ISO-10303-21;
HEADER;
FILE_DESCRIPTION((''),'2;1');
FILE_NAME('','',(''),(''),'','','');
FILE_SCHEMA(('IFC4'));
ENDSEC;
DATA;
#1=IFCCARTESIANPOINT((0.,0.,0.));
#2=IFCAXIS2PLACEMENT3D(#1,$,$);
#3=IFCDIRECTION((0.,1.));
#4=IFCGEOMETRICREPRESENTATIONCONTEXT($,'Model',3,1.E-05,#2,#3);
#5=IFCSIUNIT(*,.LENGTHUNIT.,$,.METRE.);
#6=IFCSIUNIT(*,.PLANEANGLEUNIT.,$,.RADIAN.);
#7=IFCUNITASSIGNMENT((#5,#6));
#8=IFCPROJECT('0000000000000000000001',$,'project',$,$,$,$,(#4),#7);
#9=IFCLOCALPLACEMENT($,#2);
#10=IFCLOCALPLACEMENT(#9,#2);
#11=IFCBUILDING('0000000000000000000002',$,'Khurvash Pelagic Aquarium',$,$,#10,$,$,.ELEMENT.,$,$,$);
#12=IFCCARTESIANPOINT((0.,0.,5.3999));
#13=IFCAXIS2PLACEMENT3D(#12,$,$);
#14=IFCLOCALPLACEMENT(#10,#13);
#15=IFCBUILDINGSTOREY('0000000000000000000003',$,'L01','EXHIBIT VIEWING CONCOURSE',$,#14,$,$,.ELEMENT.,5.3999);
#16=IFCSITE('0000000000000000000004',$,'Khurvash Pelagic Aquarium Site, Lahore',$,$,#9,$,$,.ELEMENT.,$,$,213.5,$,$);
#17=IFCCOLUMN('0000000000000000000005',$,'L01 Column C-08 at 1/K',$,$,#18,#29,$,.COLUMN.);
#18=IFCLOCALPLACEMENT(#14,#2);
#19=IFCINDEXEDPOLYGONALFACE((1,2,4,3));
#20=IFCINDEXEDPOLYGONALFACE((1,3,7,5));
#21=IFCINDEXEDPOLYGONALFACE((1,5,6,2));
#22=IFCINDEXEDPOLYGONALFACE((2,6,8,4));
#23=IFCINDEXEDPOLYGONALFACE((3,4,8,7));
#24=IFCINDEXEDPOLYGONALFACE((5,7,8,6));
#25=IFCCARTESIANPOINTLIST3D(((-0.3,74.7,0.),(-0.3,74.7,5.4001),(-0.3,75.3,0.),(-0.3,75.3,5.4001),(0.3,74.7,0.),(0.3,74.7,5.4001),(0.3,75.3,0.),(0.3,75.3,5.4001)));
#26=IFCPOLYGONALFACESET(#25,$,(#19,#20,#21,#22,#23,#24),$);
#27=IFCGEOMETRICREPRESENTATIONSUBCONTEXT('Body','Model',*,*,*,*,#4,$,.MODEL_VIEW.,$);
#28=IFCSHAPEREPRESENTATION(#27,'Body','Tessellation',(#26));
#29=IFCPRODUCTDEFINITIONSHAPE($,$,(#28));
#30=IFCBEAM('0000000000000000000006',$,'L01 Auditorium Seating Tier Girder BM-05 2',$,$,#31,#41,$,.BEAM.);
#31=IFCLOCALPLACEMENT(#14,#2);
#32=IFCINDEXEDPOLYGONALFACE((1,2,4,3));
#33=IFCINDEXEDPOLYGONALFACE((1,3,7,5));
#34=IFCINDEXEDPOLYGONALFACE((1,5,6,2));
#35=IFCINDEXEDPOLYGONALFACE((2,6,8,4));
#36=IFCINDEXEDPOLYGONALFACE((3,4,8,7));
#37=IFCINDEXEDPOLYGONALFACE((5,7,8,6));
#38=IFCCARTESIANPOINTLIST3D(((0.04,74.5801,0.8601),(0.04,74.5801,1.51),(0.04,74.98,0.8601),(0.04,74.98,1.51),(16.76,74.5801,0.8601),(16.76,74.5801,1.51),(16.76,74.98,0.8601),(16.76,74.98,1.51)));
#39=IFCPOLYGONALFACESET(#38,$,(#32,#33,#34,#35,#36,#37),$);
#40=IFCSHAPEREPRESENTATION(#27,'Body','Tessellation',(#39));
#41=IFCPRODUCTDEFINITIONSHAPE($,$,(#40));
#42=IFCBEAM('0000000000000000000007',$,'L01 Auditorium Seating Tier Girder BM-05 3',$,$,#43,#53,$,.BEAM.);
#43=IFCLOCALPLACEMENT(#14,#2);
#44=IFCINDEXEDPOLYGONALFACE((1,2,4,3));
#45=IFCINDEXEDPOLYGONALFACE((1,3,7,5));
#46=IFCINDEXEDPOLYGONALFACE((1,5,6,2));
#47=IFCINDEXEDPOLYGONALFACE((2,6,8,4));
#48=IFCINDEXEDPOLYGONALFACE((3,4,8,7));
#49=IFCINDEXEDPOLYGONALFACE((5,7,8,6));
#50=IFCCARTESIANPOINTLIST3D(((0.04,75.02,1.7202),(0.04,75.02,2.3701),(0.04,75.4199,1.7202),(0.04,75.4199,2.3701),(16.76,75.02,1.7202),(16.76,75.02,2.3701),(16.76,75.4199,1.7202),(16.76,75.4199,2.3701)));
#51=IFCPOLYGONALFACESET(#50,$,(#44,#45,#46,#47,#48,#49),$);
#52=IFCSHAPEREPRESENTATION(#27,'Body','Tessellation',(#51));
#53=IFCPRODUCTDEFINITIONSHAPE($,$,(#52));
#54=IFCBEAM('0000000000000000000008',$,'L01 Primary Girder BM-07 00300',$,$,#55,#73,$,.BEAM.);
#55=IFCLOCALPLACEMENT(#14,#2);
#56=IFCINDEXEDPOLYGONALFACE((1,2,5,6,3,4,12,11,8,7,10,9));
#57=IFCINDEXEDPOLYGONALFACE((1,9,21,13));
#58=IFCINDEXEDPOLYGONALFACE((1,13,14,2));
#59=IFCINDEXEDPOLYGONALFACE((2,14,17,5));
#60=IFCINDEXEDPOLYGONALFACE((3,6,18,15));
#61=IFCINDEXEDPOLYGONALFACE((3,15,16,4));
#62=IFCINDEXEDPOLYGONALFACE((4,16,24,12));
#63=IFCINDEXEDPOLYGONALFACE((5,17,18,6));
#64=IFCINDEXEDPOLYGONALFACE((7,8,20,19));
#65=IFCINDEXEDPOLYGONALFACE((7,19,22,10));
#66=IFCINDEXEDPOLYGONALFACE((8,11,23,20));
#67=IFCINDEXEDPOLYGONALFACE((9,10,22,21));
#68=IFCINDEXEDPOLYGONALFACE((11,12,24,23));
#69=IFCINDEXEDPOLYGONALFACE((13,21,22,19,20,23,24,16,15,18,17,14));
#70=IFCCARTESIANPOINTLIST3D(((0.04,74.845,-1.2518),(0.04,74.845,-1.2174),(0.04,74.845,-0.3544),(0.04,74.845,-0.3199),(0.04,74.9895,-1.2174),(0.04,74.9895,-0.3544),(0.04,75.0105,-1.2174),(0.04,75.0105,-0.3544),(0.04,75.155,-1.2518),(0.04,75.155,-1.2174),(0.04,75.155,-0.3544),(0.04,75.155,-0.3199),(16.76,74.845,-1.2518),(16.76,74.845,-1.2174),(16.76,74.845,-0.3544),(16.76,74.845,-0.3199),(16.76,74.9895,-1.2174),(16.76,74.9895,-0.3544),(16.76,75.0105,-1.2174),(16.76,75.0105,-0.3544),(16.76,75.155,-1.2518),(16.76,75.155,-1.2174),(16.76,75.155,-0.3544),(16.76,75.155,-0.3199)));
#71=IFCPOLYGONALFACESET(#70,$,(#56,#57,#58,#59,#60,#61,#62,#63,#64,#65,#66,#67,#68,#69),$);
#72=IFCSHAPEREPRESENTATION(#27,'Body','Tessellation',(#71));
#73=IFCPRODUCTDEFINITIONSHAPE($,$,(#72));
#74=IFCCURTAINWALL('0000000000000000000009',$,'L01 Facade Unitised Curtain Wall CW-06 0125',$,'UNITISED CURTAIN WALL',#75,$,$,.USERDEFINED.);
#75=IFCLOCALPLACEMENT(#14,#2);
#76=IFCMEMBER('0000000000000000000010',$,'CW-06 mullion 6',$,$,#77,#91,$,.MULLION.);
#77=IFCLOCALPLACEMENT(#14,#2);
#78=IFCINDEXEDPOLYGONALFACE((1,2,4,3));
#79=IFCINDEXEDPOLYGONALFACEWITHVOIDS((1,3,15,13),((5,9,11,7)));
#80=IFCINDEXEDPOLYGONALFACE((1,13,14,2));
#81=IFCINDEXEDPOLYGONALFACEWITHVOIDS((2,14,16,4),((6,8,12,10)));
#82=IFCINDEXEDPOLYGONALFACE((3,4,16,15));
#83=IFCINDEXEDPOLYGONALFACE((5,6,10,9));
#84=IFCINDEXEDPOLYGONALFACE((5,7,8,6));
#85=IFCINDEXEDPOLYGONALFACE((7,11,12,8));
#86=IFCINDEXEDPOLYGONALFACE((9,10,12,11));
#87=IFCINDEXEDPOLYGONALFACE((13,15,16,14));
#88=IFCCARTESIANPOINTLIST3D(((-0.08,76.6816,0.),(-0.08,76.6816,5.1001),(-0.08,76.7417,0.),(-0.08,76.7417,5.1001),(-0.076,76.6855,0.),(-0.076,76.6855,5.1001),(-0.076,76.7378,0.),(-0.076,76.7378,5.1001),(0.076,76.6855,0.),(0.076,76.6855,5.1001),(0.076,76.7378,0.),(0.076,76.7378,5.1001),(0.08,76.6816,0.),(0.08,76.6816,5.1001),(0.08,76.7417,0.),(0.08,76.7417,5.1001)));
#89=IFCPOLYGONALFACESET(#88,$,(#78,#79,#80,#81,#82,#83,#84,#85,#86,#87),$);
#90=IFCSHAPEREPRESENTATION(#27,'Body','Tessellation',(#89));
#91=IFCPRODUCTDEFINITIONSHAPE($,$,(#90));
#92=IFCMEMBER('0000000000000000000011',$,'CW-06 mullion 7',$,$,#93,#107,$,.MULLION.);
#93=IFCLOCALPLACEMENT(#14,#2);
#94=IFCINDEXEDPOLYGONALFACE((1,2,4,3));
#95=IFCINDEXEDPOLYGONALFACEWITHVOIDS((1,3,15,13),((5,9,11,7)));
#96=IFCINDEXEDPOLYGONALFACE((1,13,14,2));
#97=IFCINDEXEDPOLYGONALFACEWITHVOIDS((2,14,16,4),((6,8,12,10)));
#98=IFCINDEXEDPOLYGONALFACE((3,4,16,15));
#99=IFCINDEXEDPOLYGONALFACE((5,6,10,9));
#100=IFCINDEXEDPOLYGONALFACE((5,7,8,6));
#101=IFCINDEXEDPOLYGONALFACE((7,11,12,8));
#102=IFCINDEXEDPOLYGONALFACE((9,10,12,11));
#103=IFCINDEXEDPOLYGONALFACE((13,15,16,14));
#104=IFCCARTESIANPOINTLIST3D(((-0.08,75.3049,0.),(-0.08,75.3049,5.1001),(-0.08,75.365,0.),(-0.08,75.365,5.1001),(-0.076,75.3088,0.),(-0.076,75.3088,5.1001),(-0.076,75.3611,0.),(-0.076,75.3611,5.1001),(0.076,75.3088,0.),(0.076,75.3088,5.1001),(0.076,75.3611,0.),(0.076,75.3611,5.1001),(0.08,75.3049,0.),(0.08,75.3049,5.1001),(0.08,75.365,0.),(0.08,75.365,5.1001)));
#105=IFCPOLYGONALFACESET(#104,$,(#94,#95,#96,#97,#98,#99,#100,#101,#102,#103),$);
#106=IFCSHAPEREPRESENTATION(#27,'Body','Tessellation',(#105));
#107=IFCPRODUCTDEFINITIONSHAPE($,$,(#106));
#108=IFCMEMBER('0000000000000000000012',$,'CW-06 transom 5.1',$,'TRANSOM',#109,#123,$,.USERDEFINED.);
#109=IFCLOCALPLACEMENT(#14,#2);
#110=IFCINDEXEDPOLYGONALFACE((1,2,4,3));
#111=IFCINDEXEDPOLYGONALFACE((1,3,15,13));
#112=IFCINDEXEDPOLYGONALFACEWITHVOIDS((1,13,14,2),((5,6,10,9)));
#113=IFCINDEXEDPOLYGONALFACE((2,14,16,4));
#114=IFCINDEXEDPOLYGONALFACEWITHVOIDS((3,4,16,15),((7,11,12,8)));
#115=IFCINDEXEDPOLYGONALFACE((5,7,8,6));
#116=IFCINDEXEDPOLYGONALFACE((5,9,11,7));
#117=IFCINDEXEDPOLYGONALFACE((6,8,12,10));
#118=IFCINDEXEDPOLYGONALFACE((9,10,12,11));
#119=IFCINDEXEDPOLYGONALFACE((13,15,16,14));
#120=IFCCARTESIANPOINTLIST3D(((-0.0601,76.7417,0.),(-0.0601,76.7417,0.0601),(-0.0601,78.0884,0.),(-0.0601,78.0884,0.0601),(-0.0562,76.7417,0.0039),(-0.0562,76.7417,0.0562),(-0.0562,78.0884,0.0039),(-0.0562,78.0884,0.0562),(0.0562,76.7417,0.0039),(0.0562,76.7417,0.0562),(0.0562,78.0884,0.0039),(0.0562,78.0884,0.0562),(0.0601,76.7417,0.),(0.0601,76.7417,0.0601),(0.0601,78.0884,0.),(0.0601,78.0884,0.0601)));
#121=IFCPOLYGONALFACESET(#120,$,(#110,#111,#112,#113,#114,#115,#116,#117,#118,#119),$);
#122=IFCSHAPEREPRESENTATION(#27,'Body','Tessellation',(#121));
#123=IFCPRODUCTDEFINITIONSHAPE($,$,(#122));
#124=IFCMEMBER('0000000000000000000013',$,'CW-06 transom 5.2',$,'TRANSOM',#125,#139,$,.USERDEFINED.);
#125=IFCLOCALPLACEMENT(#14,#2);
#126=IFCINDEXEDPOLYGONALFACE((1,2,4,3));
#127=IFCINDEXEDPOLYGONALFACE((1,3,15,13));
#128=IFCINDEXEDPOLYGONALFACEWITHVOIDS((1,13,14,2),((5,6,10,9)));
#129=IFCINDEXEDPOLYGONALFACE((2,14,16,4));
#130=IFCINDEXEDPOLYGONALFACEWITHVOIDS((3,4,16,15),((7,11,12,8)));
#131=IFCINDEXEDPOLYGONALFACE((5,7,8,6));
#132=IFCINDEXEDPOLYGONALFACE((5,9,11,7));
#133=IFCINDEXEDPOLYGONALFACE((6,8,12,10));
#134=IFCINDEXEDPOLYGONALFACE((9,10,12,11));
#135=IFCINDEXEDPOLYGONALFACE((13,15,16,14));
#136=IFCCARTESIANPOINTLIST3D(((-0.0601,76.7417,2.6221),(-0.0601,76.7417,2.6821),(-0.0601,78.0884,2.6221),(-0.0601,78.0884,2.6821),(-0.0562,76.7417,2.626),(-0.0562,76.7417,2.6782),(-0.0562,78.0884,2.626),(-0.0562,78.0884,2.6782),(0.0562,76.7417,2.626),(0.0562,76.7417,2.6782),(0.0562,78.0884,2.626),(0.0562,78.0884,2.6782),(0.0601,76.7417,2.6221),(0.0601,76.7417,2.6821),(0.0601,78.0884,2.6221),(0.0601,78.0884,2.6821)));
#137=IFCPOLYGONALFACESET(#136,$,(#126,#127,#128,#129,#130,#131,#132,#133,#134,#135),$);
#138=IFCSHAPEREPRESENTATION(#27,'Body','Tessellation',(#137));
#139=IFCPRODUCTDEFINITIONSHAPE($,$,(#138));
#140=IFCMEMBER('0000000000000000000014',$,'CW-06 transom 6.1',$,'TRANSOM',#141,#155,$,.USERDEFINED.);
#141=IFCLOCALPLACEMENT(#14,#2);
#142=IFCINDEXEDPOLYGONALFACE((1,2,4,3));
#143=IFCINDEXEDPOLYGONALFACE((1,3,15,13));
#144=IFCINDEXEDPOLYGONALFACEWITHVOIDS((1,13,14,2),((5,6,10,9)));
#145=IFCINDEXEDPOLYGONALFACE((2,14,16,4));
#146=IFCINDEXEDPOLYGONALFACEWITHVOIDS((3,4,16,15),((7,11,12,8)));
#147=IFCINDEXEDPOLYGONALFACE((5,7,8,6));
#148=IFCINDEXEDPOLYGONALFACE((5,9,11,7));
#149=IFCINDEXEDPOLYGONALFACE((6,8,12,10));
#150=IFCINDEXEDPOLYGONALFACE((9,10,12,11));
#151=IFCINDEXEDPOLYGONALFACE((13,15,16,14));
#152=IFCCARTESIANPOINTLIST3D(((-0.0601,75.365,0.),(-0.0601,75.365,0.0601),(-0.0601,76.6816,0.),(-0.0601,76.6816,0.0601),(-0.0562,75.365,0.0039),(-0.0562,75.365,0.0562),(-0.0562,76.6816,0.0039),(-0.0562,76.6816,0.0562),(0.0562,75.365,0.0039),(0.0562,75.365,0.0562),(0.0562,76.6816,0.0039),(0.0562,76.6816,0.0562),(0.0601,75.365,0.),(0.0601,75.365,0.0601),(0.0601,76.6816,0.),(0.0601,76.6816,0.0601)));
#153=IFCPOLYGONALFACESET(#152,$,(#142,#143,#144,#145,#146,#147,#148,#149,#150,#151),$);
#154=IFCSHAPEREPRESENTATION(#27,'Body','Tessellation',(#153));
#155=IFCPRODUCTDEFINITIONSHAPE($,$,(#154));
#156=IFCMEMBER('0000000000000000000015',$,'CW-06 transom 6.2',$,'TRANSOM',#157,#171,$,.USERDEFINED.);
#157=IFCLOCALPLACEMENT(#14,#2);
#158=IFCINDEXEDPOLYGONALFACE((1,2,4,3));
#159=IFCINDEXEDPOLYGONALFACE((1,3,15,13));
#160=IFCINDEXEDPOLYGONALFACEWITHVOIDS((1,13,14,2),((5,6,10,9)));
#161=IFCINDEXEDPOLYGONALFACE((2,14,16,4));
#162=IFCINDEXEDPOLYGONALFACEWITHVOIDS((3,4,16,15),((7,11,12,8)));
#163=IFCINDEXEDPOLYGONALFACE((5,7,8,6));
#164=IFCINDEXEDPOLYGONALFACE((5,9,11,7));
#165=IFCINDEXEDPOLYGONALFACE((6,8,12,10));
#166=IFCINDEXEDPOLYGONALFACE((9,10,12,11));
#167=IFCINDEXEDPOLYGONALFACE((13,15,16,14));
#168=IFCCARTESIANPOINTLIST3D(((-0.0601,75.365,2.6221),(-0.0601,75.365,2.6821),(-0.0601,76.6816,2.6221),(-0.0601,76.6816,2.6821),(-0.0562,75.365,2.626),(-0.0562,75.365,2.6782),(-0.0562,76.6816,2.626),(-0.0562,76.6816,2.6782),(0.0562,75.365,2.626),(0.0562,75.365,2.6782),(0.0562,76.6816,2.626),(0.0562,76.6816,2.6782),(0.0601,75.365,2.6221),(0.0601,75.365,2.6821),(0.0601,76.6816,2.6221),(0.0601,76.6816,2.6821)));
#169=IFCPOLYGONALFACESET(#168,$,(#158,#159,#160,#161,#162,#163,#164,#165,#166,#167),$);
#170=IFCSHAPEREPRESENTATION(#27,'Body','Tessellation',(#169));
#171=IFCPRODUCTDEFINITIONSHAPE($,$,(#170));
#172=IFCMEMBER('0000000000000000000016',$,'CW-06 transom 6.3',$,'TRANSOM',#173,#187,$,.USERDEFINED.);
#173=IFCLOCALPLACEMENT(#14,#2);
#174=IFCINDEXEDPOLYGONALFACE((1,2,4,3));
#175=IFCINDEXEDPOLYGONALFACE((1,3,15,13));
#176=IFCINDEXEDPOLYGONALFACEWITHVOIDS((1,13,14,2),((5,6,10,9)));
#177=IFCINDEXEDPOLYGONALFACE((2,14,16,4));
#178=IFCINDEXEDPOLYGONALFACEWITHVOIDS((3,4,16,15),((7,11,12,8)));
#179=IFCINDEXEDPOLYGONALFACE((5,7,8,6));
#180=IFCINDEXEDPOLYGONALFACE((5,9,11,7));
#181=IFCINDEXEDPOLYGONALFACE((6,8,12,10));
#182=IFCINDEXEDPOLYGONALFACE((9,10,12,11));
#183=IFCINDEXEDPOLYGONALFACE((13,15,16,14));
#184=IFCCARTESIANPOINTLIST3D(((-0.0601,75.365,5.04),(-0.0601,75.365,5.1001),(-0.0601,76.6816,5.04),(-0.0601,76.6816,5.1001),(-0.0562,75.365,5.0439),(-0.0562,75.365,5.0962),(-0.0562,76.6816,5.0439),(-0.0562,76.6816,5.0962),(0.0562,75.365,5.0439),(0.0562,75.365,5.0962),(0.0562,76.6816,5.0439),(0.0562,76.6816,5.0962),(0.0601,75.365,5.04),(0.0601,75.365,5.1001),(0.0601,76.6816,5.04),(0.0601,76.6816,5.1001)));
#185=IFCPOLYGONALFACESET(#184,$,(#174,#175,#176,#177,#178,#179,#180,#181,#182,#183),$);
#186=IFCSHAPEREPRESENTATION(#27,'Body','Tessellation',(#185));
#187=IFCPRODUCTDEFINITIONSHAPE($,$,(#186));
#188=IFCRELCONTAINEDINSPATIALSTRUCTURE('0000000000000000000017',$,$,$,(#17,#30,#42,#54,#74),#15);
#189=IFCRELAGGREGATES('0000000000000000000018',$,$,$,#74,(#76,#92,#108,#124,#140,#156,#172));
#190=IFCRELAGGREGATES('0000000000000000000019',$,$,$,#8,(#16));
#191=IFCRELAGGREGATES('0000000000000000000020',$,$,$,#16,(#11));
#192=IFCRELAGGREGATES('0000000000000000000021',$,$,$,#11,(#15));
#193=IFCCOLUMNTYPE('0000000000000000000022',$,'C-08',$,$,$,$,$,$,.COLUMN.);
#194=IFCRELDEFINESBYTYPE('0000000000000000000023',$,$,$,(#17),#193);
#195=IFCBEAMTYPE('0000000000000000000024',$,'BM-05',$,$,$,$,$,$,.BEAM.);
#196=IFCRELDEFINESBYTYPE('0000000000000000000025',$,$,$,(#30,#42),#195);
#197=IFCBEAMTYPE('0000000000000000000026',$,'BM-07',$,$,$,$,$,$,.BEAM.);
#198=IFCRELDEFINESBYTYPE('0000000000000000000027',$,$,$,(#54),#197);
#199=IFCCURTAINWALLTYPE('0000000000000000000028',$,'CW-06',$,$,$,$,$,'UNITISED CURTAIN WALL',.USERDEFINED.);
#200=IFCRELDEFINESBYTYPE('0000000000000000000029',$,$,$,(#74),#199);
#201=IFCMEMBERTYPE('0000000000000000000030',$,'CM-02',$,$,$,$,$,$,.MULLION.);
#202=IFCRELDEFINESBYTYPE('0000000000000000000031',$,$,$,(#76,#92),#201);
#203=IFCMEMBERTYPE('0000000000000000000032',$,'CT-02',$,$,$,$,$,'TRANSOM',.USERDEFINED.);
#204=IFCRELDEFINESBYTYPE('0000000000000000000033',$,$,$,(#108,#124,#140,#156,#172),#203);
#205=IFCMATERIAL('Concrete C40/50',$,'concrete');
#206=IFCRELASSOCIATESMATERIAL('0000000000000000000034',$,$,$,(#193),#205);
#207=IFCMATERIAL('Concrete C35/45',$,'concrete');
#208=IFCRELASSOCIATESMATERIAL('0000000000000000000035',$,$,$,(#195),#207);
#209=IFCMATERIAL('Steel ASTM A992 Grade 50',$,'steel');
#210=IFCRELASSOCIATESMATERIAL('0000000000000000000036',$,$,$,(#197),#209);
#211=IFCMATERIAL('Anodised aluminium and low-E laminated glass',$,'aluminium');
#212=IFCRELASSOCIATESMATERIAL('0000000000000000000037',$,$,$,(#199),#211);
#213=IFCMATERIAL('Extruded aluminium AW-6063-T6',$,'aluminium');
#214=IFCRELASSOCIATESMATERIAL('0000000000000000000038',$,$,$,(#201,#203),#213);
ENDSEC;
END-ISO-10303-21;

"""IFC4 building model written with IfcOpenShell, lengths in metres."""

from ifc_helpers import new_model, si_unit, direction, frame, origin, origin_2d, place, context, subcontext, project, spatial, rectangle, hollow_rectangle, i_section, extrude, material, material_profile, profile_set, type_object, element, aggregate, save


model = new_model("IFC4")

# Units and contexts
model_context = context("Model", 3, precision=1e-05, world=origin(), true_north=direction((0.0, 1.0)))
body_context = subcontext(model_context, "Body", "Model", "MODEL_VIEW")
ifc_project = project(units=[si_unit("LENGTHUNIT", "METRE"), si_unit("PLANEANGLEUNIT", "RADIAN")], contexts=[model_context])

# Site, building, storey
site_placement = place(None, origin())
site = spatial("IfcSite", under=ifc_project, at=site_placement, Name="Khurvash Pelagic Aquarium Site, Lahore", CompositionType="ELEMENT", RefElevation=213.5)
building_placement = place(site_placement, origin())
building = spatial("IfcBuilding", under=site, at=building_placement, Name="Khurvash Pelagic Aquarium", CompositionType="ELEMENT")
storey_placement = place(building_placement, frame((0.0, 0.0, 5.3999)))
storey = spatial("IfcBuildingStorey", under=building, at=storey_placement, Name="L01", Description="EXHIBIT VIEWING CONCOURSE", CompositionType="ELEMENT", Elevation=5.3999)

# Column
ifc_material_1 = material(Name="Concrete C40/50", Category="concrete")
ifc_material_profile_1 = material_profile(ifc_material_1, rectangle(XDim=0.6001, YDim=0.6001, at=origin_2d()), Name="RC600X600")
ifc_profile_set_1 = profile_set([ifc_material_profile_1], Name="Concrete C40/50")
column_type = type_object("IfcColumnType", Name="C-08", PredefinedType="COLUMN", material=ifc_profile_set_1)
column_placement = place(storey_placement, frame((0.0, 75.0, 0.0), z_axis=(0.0, 0.0, 1.0), x_axis=(1.0, 0.0, 0.0)))
element("IfcColumn", 1, at=column_placement, inside=storey, type_object=column_type, Name="L01 Column C-08 at 1/K", PredefinedType="COLUMN", context=body_context, shape_type="SweptSolid", body=[
    extrude(rectangle(XDim=0.6001, YDim=0.6001, at=origin_2d()), origin(), (0.0, 0.0, 1.0), 5.4001),
])

# Beams
ifc_material_2 = material(Name="Concrete C35/45", Category="concrete")
ifc_material_profile_2 = material_profile(ifc_material_2, rectangle(XDim=0.3999, YDim=0.6499, at=origin_2d()), Name="RC400X650")
ifc_profile_set_2 = profile_set([ifc_material_profile_2], Name="Concrete C35/45")
beam_type_1 = type_object("IfcBeamType", Name="BM-05", PredefinedType="BEAM", material=ifc_profile_set_2)
for number, where, z_axis, x_axis, name in (
    (2, (0.04, 74.78, 1.1851), (1.0, 0.0, 0.0), (0.0, 1.0, 0.0), "L01 Auditorium Seating Tier Girder BM-05 2"),
    (3, (0.04, 75.22, 2.0452), (1.0, 0.0, 0.0), (0.0, 1.0, 0.0), "L01 Auditorium Seating Tier Girder BM-05 3"),
):
    element("IfcBeam", number, at=place(storey_placement, frame(where, z_axis=z_axis, x_axis=x_axis)), inside=storey, type_object=beam_type_1, Name=name, PredefinedType="BEAM", context=body_context, shape_type="SweptSolid", body=[
        extrude(rectangle(XDim=0.3999, YDim=0.6499, at=origin_2d()), origin(), (0.0, 0.0, 1.0), 16.72),
    ])
ifc_material_3 = material(Name="Steel ASTM A992 Grade 50", Category="steel")
ifc_material_profile_3 = material_profile(ifc_material_3, i_section(OverallWidth=0.3101, OverallDepth=0.9319, WebThickness=0.021, FlangeThickness=0.0344, at=origin_2d()), Name="W36X210")
ifc_profile_set_3 = profile_set([ifc_material_profile_3], Name="Steel ASTM A992 Grade 50")
beam_type_2 = type_object("IfcBeamType", Name="BM-07", PredefinedType="BEAM", material=ifc_profile_set_3)
beam_1_placement = place(storey_placement, frame((0.04, 75.0, -0.7859), z_axis=(1.0, 0.0, 0.0), x_axis=(0.0, 1.0, 0.0)))
element("IfcBeam", 4, at=beam_1_placement, inside=storey, type_object=beam_type_2, Name="L01 Primary Girder BM-07 00300", PredefinedType="BEAM", context=body_context, shape_type="SweptSolid", body=[
    extrude(i_section(OverallWidth=0.3101, OverallDepth=0.9319, WebThickness=0.021, FlangeThickness=0.0344, at=origin_2d()), origin(), (0.0, 0.0, 1.0), 16.72),
])

# Curtain wall, members
ifc_material_4 = material(Name="Anodised aluminium and low-E laminated glass", Category="aluminium")
curtain_wall_type = type_object("IfcCurtainWallType", Name="CW-06", ElementType="UNITISED CURTAIN WALL", PredefinedType="USERDEFINED", material=ifc_material_4)
curtain_wall_placement = place(storey_placement, origin())
curtain_wall = element("IfcCurtainWall", 5, at=curtain_wall_placement, inside=storey, type_object=curtain_wall_type, Name="L01 Facade Unitised Curtain Wall CW-06 0125", ObjectType="UNITISED CURTAIN WALL", PredefinedType="USERDEFINED")
ifc_material_5 = material(Name="Extruded aluminium AW-6063-T6", Category="aluminium")
ifc_material_profile_4 = material_profile(ifc_material_5, hollow_rectangle(XDim=0.0601, YDim=0.1599, WallThickness=0.0039, at=origin_2d()), Name="CWM60X160X4")
ifc_profile_set_4 = profile_set([ifc_material_profile_4], Name="Extruded aluminium AW-6063-T6")
member_type_1 = type_object("IfcMemberType", Name="CM-02", PredefinedType="MULLION", material=ifc_profile_set_4)
member_1_placement = place(storey_placement, frame((0.0, 76.7117, 0.0), z_axis=(0.0, 0.0, 1.0), x_axis=(0.0, -1.0, 0.0)))
member_1 = element("IfcMember", 6, at=member_1_placement, type_object=member_type_1, Name="CW-06 mullion 6", PredefinedType="MULLION", context=body_context, shape_type="SweptSolid", body=[
    extrude(hollow_rectangle(XDim=0.0601, YDim=0.1599, WallThickness=0.0039, at=origin_2d()), origin(), (0.0, 0.0, 1.0), 5.1001),
])
member_2_placement = place(storey_placement, frame((0.0, 75.335, 0.0), z_axis=(0.0, 0.0, 1.0), x_axis=(0.0, -1.0, 0.0)))
member_2 = element("IfcMember", 7, at=member_2_placement, type_object=member_type_1, Name="CW-06 mullion 7", PredefinedType="MULLION", context=body_context, shape_type="SweptSolid", body=[
    extrude(hollow_rectangle(XDim=0.0601, YDim=0.1599, WallThickness=0.0039, at=origin_2d()), origin(), (0.0, 0.0, 1.0), 5.1001),
])
ifc_material_profile_5 = material_profile(ifc_material_5, hollow_rectangle(XDim=0.1201, YDim=0.0601, WallThickness=0.0039, at=origin_2d()), Name="CWT120X60X4")
ifc_profile_set_5 = profile_set([ifc_material_profile_5], Name="Extruded aluminium AW-6063-T6")
member_type_2 = type_object("IfcMemberType", Name="CT-02", ElementType="TRANSOM", PredefinedType="USERDEFINED", material=ifc_profile_set_5)
member_3_placement = place(storey_placement, frame((0.0, 78.0884, 0.03), z_axis=(0.0, -1.0, 0.0), x_axis=(1.0, 0.0, 0.0)))
member_3 = element("IfcMember", 8, at=member_3_placement, type_object=member_type_2, Name="CW-06 transom 5.1", ObjectType="TRANSOM", PredefinedType="USERDEFINED", context=body_context, shape_type="SweptSolid", body=[
    extrude(hollow_rectangle(XDim=0.1201, YDim=0.0601, WallThickness=0.0039, at=origin_2d()), origin(), (0.0, 0.0, 1.0), 1.3467),
])
member_4_placement = place(storey_placement, frame((0.0, 78.0884, 2.6521), z_axis=(0.0, -1.0, 0.0), x_axis=(1.0, 0.0, 0.0)))
member_4 = element("IfcMember", 9, at=member_4_placement, type_object=member_type_2, Name="CW-06 transom 5.2", ObjectType="TRANSOM", PredefinedType="USERDEFINED", context=body_context, shape_type="SweptSolid", body=[
    extrude(hollow_rectangle(XDim=0.1201, YDim=0.0601, WallThickness=0.0039, at=origin_2d()), origin(), (0.0, 0.0, 1.0), 1.3467),
])
member_5_placement = place(storey_placement, frame((0.0, 76.6816, 0.03), z_axis=(0.0, -1.0, 0.0), x_axis=(1.0, 0.0, 0.0)))
member_5 = element("IfcMember", 10, at=member_5_placement, type_object=member_type_2, Name="CW-06 transom 6.1", ObjectType="TRANSOM", PredefinedType="USERDEFINED", context=body_context, shape_type="SweptSolid", body=[
    extrude(hollow_rectangle(XDim=0.1201, YDim=0.0601, WallThickness=0.0039, at=origin_2d()), origin(), (0.0, 0.0, 1.0), 1.3167),
])
member_6_placement = place(storey_placement, frame((0.0, 76.6816, 2.6521), z_axis=(0.0, -1.0, 0.0), x_axis=(1.0, 0.0, 0.0)))
member_6 = element("IfcMember", 11, at=member_6_placement, type_object=member_type_2, Name="CW-06 transom 6.2", ObjectType="TRANSOM", PredefinedType="USERDEFINED", context=body_context, shape_type="SweptSolid", body=[
    extrude(hollow_rectangle(XDim=0.1201, YDim=0.0601, WallThickness=0.0039, at=origin_2d()), origin(), (0.0, 0.0, 1.0), 1.3167),
])
member_7_placement = place(storey_placement, frame((0.0, 76.6816, 5.0701), z_axis=(0.0, -1.0, 0.0), x_axis=(1.0, 0.0, 0.0)))
member_7 = element("IfcMember", 12, at=member_7_placement, type_object=member_type_2, Name="CW-06 transom 6.3", ObjectType="TRANSOM", PredefinedType="USERDEFINED", context=body_context, shape_type="SweptSolid", body=[
    extrude(hollow_rectangle(XDim=0.1201, YDim=0.0601, WallThickness=0.0039, at=origin_2d()), origin(), (0.0, 0.0, 1.0), 1.3167),
])

aggregate(curtain_wall, [member_1, member_2, member_3, member_4, member_5, member_6, member_7])

save(model, "model.ifc")
